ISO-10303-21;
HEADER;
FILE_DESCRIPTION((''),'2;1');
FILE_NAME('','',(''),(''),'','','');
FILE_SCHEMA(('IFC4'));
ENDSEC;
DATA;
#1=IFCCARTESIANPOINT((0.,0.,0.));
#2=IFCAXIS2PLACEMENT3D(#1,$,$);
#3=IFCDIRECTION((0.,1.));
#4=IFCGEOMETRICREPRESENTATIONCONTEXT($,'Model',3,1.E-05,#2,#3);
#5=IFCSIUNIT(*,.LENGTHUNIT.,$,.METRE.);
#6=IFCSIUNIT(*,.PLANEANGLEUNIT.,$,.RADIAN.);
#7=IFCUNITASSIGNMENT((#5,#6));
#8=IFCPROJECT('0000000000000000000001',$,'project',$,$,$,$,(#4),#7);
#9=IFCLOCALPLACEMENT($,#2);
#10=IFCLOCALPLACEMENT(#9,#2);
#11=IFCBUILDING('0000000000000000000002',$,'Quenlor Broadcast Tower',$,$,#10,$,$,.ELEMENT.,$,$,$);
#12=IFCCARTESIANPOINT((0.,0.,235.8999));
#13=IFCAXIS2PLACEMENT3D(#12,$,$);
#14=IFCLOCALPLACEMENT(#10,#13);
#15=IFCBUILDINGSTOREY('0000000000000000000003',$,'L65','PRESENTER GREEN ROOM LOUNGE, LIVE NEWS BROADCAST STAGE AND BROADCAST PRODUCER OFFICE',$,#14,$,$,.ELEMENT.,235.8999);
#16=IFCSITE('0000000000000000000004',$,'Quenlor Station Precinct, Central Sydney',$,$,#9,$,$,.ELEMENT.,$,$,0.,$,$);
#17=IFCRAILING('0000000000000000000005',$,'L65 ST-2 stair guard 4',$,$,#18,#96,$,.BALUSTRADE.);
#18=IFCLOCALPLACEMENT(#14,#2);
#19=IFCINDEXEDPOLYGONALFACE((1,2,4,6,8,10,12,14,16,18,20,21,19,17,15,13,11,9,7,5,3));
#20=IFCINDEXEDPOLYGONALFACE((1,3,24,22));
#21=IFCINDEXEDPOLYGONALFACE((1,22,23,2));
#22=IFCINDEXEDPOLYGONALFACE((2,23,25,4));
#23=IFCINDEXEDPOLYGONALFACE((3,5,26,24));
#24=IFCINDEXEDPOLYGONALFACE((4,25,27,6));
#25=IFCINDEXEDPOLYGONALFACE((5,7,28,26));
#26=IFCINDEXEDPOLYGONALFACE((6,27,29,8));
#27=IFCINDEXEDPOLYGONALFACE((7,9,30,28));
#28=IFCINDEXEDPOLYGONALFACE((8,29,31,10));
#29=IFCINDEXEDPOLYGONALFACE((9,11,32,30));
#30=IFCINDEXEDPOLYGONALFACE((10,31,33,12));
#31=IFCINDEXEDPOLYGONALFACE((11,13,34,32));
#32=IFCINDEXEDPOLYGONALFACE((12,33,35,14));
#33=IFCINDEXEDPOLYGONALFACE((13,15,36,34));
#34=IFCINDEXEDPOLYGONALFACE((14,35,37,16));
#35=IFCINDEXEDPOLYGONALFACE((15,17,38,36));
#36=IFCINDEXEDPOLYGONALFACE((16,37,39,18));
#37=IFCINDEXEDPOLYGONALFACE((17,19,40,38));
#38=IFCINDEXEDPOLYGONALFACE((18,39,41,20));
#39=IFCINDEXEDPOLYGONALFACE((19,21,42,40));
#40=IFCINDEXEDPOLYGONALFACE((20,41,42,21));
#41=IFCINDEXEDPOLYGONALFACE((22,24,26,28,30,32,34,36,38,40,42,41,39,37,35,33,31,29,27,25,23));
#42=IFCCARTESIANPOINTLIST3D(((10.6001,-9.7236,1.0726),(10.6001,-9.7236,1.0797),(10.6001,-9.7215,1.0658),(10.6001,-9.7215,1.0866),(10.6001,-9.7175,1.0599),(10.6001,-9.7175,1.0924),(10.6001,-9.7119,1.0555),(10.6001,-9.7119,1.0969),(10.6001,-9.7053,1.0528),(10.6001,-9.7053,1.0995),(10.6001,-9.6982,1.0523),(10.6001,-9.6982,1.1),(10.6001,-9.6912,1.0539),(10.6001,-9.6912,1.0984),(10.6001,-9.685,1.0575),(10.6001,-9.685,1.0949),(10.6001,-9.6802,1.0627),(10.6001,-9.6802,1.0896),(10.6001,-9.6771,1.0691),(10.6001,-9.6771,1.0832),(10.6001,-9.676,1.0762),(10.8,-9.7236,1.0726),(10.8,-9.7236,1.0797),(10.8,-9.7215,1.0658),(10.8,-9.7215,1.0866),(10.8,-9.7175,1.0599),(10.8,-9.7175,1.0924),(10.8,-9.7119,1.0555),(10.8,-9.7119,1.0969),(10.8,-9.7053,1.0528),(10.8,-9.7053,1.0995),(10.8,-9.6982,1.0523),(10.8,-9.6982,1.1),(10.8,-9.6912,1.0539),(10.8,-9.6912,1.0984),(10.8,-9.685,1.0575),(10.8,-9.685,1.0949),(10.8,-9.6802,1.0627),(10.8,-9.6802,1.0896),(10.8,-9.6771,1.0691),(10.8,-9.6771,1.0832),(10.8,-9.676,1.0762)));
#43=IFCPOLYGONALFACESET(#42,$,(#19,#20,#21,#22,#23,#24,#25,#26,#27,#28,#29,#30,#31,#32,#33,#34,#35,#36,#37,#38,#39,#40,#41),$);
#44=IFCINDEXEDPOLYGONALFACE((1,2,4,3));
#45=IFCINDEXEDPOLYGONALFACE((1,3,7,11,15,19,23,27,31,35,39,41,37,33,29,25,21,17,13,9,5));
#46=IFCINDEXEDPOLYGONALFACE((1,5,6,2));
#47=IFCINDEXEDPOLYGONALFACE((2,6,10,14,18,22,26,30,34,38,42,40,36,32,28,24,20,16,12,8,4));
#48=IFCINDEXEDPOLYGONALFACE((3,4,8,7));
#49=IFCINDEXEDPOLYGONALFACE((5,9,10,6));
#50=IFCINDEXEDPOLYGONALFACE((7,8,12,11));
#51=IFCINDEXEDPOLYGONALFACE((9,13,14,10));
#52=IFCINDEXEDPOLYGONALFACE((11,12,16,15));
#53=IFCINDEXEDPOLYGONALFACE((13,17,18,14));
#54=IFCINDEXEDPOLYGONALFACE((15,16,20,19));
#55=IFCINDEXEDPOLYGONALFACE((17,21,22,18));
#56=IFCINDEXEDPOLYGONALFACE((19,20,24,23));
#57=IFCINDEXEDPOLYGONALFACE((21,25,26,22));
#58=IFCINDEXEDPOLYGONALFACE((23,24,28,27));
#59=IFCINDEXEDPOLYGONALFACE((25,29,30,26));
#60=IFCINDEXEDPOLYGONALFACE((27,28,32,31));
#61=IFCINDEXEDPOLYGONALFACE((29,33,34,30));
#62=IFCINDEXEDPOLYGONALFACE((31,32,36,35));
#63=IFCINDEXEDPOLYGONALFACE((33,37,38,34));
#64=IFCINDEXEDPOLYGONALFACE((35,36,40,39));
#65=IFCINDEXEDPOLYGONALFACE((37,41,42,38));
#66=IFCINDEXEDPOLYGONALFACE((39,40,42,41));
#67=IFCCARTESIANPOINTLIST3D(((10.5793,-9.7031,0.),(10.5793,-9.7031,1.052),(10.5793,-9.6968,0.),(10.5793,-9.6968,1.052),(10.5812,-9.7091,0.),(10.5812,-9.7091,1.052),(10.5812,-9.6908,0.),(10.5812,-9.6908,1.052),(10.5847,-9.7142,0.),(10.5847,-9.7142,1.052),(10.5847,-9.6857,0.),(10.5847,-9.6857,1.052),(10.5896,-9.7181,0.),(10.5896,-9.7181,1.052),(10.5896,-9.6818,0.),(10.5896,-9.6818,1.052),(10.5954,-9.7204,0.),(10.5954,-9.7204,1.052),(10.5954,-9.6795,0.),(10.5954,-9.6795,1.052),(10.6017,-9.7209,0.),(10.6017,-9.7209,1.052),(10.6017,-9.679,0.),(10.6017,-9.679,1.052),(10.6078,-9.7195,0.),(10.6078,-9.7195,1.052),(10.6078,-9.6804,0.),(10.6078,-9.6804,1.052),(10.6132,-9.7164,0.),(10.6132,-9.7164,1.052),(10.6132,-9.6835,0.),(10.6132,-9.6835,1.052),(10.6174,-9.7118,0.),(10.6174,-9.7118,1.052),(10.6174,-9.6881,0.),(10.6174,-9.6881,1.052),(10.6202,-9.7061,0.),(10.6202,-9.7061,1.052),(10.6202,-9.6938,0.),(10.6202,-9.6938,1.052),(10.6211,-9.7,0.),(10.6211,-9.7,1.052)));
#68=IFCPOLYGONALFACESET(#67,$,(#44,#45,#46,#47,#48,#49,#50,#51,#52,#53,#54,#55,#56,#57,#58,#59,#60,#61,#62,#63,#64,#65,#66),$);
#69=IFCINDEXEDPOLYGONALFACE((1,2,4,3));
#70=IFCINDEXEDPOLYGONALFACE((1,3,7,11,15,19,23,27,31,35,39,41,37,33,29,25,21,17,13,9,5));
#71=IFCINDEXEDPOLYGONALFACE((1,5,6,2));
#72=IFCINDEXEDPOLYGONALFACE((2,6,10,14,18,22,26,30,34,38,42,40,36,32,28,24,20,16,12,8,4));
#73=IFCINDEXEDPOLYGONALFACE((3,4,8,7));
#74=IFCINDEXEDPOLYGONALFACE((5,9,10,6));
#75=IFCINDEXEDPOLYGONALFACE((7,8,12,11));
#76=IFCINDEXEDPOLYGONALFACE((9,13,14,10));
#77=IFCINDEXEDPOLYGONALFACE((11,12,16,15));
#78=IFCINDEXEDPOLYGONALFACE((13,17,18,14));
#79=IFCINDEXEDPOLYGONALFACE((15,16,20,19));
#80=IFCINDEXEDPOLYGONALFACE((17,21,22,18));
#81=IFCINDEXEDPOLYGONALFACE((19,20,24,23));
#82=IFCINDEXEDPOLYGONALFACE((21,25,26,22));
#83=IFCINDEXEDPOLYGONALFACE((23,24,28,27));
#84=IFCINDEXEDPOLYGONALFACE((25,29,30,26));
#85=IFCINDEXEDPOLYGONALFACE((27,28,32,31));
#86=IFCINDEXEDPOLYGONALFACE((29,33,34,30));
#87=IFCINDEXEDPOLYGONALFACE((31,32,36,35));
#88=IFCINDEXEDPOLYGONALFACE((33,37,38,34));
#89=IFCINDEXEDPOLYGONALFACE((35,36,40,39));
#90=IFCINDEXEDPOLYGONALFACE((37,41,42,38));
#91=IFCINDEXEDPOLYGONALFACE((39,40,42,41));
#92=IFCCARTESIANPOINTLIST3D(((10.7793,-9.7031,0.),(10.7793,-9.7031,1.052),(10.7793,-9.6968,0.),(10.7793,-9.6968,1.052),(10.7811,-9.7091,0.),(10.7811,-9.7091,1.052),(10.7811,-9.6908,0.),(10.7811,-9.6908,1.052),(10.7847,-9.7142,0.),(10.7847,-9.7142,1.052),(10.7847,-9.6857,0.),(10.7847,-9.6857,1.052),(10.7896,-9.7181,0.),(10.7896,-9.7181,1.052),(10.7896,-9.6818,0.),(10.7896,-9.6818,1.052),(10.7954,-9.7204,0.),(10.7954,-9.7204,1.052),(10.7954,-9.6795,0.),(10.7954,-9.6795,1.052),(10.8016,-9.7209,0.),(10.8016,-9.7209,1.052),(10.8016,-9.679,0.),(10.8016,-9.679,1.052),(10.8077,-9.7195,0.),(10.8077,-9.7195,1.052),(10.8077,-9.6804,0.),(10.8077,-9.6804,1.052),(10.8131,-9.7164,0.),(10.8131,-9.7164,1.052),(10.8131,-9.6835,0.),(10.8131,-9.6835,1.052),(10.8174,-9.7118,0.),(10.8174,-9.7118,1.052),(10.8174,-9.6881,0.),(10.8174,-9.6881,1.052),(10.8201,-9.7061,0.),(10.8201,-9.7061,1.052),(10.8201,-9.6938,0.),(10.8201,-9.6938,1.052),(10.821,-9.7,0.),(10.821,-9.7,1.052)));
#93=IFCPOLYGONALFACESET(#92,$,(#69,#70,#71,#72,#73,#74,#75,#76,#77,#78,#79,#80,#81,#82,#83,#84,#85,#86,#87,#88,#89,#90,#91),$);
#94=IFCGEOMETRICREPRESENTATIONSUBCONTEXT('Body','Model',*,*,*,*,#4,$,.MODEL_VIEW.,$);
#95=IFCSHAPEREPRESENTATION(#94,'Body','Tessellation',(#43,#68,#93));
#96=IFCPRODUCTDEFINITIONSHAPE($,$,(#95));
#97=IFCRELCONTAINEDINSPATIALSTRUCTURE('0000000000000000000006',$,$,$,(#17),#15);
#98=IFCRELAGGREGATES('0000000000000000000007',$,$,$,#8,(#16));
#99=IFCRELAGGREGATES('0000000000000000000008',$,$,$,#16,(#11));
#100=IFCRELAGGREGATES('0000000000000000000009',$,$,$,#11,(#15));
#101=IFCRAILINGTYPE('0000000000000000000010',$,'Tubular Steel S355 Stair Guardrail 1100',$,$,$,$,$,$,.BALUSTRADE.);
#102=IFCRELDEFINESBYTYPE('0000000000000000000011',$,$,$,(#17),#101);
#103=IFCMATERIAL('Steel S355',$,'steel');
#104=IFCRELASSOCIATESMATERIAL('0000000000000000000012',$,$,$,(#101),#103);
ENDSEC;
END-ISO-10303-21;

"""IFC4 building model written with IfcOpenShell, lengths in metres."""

from ifc_helpers import new_model, si_unit, direction, frame, origin, origin_2d, place, context, subcontext, project, spatial, circle, extrude, material, type_object, element, save


model = new_model("IFC4")

# Units and contexts
model_context = context("Model", 3, precision=1e-05, world=origin(), true_north=direction((0.0, 1.0)))
body_context = subcontext(model_context, "Body", "Model", "MODEL_VIEW")
ifc_project = project(units=[si_unit("LENGTHUNIT", "METRE"), si_unit("PLANEANGLEUNIT", "RADIAN")], contexts=[model_context])

# Site, building, storey
site_placement = place(None, origin())
site = spatial("IfcSite", under=ifc_project, at=site_placement, Name="Quenlor Station Precinct, Central Sydney", CompositionType="ELEMENT", RefElevation=0.0)
building_placement = place(site_placement, origin())
building = spatial("IfcBuilding", under=site, at=building_placement, Name="Quenlor Broadcast Tower", CompositionType="ELEMENT")
storey_placement = place(building_placement, frame((0.0, 0.0, 235.8999)))
storey = spatial("IfcBuildingStorey", under=building, at=storey_placement, Name="L65", Description="PRESENTER GREEN ROOM LOUNGE, LIVE NEWS BROADCAST STAGE AND BROADCAST PRODUCER OFFICE", CompositionType="ELEMENT", Elevation=235.8999)

# Railing
ifc_material_1 = material(Name="Steel S355", Category="steel")
railing_type_1 = type_object("IfcRailingType", Name="Tubular Steel S355 Stair Guardrail 1100", PredefinedType="BALUSTRADE", material=ifc_material_1)
railing_1_placement = place(storey_placement, frame((10.6001, -9.7, 0.0)))
element("IfcRailing", 1, at=railing_1_placement, inside=storey, type_object=railing_type_1, Name="L65 ST-2 stair guard 4", PredefinedType="BALUSTRADE", context=body_context, shape_type="SweptSolid", body=[
    extrude(circle(Radius=0.0239, at=origin_2d()), frame((0.0, 0.0, 1.0762), z_axis=(1.0, 0.0, 0.0), x_axis=(0.0, 1.0, 0.0)), (0.0, 0.0, 1.0), 0.2),
    extrude(circle(Radius=0.021, at=origin_2d()), origin(), (0.0, 0.0, 1.0), 1.052),
    extrude(circle(Radius=0.021, at=origin_2d()), frame((0.2, 0.0, 0.0)), (0.0, 0.0, 1.0), 1.052),
])

save(model, "model.ifc")
